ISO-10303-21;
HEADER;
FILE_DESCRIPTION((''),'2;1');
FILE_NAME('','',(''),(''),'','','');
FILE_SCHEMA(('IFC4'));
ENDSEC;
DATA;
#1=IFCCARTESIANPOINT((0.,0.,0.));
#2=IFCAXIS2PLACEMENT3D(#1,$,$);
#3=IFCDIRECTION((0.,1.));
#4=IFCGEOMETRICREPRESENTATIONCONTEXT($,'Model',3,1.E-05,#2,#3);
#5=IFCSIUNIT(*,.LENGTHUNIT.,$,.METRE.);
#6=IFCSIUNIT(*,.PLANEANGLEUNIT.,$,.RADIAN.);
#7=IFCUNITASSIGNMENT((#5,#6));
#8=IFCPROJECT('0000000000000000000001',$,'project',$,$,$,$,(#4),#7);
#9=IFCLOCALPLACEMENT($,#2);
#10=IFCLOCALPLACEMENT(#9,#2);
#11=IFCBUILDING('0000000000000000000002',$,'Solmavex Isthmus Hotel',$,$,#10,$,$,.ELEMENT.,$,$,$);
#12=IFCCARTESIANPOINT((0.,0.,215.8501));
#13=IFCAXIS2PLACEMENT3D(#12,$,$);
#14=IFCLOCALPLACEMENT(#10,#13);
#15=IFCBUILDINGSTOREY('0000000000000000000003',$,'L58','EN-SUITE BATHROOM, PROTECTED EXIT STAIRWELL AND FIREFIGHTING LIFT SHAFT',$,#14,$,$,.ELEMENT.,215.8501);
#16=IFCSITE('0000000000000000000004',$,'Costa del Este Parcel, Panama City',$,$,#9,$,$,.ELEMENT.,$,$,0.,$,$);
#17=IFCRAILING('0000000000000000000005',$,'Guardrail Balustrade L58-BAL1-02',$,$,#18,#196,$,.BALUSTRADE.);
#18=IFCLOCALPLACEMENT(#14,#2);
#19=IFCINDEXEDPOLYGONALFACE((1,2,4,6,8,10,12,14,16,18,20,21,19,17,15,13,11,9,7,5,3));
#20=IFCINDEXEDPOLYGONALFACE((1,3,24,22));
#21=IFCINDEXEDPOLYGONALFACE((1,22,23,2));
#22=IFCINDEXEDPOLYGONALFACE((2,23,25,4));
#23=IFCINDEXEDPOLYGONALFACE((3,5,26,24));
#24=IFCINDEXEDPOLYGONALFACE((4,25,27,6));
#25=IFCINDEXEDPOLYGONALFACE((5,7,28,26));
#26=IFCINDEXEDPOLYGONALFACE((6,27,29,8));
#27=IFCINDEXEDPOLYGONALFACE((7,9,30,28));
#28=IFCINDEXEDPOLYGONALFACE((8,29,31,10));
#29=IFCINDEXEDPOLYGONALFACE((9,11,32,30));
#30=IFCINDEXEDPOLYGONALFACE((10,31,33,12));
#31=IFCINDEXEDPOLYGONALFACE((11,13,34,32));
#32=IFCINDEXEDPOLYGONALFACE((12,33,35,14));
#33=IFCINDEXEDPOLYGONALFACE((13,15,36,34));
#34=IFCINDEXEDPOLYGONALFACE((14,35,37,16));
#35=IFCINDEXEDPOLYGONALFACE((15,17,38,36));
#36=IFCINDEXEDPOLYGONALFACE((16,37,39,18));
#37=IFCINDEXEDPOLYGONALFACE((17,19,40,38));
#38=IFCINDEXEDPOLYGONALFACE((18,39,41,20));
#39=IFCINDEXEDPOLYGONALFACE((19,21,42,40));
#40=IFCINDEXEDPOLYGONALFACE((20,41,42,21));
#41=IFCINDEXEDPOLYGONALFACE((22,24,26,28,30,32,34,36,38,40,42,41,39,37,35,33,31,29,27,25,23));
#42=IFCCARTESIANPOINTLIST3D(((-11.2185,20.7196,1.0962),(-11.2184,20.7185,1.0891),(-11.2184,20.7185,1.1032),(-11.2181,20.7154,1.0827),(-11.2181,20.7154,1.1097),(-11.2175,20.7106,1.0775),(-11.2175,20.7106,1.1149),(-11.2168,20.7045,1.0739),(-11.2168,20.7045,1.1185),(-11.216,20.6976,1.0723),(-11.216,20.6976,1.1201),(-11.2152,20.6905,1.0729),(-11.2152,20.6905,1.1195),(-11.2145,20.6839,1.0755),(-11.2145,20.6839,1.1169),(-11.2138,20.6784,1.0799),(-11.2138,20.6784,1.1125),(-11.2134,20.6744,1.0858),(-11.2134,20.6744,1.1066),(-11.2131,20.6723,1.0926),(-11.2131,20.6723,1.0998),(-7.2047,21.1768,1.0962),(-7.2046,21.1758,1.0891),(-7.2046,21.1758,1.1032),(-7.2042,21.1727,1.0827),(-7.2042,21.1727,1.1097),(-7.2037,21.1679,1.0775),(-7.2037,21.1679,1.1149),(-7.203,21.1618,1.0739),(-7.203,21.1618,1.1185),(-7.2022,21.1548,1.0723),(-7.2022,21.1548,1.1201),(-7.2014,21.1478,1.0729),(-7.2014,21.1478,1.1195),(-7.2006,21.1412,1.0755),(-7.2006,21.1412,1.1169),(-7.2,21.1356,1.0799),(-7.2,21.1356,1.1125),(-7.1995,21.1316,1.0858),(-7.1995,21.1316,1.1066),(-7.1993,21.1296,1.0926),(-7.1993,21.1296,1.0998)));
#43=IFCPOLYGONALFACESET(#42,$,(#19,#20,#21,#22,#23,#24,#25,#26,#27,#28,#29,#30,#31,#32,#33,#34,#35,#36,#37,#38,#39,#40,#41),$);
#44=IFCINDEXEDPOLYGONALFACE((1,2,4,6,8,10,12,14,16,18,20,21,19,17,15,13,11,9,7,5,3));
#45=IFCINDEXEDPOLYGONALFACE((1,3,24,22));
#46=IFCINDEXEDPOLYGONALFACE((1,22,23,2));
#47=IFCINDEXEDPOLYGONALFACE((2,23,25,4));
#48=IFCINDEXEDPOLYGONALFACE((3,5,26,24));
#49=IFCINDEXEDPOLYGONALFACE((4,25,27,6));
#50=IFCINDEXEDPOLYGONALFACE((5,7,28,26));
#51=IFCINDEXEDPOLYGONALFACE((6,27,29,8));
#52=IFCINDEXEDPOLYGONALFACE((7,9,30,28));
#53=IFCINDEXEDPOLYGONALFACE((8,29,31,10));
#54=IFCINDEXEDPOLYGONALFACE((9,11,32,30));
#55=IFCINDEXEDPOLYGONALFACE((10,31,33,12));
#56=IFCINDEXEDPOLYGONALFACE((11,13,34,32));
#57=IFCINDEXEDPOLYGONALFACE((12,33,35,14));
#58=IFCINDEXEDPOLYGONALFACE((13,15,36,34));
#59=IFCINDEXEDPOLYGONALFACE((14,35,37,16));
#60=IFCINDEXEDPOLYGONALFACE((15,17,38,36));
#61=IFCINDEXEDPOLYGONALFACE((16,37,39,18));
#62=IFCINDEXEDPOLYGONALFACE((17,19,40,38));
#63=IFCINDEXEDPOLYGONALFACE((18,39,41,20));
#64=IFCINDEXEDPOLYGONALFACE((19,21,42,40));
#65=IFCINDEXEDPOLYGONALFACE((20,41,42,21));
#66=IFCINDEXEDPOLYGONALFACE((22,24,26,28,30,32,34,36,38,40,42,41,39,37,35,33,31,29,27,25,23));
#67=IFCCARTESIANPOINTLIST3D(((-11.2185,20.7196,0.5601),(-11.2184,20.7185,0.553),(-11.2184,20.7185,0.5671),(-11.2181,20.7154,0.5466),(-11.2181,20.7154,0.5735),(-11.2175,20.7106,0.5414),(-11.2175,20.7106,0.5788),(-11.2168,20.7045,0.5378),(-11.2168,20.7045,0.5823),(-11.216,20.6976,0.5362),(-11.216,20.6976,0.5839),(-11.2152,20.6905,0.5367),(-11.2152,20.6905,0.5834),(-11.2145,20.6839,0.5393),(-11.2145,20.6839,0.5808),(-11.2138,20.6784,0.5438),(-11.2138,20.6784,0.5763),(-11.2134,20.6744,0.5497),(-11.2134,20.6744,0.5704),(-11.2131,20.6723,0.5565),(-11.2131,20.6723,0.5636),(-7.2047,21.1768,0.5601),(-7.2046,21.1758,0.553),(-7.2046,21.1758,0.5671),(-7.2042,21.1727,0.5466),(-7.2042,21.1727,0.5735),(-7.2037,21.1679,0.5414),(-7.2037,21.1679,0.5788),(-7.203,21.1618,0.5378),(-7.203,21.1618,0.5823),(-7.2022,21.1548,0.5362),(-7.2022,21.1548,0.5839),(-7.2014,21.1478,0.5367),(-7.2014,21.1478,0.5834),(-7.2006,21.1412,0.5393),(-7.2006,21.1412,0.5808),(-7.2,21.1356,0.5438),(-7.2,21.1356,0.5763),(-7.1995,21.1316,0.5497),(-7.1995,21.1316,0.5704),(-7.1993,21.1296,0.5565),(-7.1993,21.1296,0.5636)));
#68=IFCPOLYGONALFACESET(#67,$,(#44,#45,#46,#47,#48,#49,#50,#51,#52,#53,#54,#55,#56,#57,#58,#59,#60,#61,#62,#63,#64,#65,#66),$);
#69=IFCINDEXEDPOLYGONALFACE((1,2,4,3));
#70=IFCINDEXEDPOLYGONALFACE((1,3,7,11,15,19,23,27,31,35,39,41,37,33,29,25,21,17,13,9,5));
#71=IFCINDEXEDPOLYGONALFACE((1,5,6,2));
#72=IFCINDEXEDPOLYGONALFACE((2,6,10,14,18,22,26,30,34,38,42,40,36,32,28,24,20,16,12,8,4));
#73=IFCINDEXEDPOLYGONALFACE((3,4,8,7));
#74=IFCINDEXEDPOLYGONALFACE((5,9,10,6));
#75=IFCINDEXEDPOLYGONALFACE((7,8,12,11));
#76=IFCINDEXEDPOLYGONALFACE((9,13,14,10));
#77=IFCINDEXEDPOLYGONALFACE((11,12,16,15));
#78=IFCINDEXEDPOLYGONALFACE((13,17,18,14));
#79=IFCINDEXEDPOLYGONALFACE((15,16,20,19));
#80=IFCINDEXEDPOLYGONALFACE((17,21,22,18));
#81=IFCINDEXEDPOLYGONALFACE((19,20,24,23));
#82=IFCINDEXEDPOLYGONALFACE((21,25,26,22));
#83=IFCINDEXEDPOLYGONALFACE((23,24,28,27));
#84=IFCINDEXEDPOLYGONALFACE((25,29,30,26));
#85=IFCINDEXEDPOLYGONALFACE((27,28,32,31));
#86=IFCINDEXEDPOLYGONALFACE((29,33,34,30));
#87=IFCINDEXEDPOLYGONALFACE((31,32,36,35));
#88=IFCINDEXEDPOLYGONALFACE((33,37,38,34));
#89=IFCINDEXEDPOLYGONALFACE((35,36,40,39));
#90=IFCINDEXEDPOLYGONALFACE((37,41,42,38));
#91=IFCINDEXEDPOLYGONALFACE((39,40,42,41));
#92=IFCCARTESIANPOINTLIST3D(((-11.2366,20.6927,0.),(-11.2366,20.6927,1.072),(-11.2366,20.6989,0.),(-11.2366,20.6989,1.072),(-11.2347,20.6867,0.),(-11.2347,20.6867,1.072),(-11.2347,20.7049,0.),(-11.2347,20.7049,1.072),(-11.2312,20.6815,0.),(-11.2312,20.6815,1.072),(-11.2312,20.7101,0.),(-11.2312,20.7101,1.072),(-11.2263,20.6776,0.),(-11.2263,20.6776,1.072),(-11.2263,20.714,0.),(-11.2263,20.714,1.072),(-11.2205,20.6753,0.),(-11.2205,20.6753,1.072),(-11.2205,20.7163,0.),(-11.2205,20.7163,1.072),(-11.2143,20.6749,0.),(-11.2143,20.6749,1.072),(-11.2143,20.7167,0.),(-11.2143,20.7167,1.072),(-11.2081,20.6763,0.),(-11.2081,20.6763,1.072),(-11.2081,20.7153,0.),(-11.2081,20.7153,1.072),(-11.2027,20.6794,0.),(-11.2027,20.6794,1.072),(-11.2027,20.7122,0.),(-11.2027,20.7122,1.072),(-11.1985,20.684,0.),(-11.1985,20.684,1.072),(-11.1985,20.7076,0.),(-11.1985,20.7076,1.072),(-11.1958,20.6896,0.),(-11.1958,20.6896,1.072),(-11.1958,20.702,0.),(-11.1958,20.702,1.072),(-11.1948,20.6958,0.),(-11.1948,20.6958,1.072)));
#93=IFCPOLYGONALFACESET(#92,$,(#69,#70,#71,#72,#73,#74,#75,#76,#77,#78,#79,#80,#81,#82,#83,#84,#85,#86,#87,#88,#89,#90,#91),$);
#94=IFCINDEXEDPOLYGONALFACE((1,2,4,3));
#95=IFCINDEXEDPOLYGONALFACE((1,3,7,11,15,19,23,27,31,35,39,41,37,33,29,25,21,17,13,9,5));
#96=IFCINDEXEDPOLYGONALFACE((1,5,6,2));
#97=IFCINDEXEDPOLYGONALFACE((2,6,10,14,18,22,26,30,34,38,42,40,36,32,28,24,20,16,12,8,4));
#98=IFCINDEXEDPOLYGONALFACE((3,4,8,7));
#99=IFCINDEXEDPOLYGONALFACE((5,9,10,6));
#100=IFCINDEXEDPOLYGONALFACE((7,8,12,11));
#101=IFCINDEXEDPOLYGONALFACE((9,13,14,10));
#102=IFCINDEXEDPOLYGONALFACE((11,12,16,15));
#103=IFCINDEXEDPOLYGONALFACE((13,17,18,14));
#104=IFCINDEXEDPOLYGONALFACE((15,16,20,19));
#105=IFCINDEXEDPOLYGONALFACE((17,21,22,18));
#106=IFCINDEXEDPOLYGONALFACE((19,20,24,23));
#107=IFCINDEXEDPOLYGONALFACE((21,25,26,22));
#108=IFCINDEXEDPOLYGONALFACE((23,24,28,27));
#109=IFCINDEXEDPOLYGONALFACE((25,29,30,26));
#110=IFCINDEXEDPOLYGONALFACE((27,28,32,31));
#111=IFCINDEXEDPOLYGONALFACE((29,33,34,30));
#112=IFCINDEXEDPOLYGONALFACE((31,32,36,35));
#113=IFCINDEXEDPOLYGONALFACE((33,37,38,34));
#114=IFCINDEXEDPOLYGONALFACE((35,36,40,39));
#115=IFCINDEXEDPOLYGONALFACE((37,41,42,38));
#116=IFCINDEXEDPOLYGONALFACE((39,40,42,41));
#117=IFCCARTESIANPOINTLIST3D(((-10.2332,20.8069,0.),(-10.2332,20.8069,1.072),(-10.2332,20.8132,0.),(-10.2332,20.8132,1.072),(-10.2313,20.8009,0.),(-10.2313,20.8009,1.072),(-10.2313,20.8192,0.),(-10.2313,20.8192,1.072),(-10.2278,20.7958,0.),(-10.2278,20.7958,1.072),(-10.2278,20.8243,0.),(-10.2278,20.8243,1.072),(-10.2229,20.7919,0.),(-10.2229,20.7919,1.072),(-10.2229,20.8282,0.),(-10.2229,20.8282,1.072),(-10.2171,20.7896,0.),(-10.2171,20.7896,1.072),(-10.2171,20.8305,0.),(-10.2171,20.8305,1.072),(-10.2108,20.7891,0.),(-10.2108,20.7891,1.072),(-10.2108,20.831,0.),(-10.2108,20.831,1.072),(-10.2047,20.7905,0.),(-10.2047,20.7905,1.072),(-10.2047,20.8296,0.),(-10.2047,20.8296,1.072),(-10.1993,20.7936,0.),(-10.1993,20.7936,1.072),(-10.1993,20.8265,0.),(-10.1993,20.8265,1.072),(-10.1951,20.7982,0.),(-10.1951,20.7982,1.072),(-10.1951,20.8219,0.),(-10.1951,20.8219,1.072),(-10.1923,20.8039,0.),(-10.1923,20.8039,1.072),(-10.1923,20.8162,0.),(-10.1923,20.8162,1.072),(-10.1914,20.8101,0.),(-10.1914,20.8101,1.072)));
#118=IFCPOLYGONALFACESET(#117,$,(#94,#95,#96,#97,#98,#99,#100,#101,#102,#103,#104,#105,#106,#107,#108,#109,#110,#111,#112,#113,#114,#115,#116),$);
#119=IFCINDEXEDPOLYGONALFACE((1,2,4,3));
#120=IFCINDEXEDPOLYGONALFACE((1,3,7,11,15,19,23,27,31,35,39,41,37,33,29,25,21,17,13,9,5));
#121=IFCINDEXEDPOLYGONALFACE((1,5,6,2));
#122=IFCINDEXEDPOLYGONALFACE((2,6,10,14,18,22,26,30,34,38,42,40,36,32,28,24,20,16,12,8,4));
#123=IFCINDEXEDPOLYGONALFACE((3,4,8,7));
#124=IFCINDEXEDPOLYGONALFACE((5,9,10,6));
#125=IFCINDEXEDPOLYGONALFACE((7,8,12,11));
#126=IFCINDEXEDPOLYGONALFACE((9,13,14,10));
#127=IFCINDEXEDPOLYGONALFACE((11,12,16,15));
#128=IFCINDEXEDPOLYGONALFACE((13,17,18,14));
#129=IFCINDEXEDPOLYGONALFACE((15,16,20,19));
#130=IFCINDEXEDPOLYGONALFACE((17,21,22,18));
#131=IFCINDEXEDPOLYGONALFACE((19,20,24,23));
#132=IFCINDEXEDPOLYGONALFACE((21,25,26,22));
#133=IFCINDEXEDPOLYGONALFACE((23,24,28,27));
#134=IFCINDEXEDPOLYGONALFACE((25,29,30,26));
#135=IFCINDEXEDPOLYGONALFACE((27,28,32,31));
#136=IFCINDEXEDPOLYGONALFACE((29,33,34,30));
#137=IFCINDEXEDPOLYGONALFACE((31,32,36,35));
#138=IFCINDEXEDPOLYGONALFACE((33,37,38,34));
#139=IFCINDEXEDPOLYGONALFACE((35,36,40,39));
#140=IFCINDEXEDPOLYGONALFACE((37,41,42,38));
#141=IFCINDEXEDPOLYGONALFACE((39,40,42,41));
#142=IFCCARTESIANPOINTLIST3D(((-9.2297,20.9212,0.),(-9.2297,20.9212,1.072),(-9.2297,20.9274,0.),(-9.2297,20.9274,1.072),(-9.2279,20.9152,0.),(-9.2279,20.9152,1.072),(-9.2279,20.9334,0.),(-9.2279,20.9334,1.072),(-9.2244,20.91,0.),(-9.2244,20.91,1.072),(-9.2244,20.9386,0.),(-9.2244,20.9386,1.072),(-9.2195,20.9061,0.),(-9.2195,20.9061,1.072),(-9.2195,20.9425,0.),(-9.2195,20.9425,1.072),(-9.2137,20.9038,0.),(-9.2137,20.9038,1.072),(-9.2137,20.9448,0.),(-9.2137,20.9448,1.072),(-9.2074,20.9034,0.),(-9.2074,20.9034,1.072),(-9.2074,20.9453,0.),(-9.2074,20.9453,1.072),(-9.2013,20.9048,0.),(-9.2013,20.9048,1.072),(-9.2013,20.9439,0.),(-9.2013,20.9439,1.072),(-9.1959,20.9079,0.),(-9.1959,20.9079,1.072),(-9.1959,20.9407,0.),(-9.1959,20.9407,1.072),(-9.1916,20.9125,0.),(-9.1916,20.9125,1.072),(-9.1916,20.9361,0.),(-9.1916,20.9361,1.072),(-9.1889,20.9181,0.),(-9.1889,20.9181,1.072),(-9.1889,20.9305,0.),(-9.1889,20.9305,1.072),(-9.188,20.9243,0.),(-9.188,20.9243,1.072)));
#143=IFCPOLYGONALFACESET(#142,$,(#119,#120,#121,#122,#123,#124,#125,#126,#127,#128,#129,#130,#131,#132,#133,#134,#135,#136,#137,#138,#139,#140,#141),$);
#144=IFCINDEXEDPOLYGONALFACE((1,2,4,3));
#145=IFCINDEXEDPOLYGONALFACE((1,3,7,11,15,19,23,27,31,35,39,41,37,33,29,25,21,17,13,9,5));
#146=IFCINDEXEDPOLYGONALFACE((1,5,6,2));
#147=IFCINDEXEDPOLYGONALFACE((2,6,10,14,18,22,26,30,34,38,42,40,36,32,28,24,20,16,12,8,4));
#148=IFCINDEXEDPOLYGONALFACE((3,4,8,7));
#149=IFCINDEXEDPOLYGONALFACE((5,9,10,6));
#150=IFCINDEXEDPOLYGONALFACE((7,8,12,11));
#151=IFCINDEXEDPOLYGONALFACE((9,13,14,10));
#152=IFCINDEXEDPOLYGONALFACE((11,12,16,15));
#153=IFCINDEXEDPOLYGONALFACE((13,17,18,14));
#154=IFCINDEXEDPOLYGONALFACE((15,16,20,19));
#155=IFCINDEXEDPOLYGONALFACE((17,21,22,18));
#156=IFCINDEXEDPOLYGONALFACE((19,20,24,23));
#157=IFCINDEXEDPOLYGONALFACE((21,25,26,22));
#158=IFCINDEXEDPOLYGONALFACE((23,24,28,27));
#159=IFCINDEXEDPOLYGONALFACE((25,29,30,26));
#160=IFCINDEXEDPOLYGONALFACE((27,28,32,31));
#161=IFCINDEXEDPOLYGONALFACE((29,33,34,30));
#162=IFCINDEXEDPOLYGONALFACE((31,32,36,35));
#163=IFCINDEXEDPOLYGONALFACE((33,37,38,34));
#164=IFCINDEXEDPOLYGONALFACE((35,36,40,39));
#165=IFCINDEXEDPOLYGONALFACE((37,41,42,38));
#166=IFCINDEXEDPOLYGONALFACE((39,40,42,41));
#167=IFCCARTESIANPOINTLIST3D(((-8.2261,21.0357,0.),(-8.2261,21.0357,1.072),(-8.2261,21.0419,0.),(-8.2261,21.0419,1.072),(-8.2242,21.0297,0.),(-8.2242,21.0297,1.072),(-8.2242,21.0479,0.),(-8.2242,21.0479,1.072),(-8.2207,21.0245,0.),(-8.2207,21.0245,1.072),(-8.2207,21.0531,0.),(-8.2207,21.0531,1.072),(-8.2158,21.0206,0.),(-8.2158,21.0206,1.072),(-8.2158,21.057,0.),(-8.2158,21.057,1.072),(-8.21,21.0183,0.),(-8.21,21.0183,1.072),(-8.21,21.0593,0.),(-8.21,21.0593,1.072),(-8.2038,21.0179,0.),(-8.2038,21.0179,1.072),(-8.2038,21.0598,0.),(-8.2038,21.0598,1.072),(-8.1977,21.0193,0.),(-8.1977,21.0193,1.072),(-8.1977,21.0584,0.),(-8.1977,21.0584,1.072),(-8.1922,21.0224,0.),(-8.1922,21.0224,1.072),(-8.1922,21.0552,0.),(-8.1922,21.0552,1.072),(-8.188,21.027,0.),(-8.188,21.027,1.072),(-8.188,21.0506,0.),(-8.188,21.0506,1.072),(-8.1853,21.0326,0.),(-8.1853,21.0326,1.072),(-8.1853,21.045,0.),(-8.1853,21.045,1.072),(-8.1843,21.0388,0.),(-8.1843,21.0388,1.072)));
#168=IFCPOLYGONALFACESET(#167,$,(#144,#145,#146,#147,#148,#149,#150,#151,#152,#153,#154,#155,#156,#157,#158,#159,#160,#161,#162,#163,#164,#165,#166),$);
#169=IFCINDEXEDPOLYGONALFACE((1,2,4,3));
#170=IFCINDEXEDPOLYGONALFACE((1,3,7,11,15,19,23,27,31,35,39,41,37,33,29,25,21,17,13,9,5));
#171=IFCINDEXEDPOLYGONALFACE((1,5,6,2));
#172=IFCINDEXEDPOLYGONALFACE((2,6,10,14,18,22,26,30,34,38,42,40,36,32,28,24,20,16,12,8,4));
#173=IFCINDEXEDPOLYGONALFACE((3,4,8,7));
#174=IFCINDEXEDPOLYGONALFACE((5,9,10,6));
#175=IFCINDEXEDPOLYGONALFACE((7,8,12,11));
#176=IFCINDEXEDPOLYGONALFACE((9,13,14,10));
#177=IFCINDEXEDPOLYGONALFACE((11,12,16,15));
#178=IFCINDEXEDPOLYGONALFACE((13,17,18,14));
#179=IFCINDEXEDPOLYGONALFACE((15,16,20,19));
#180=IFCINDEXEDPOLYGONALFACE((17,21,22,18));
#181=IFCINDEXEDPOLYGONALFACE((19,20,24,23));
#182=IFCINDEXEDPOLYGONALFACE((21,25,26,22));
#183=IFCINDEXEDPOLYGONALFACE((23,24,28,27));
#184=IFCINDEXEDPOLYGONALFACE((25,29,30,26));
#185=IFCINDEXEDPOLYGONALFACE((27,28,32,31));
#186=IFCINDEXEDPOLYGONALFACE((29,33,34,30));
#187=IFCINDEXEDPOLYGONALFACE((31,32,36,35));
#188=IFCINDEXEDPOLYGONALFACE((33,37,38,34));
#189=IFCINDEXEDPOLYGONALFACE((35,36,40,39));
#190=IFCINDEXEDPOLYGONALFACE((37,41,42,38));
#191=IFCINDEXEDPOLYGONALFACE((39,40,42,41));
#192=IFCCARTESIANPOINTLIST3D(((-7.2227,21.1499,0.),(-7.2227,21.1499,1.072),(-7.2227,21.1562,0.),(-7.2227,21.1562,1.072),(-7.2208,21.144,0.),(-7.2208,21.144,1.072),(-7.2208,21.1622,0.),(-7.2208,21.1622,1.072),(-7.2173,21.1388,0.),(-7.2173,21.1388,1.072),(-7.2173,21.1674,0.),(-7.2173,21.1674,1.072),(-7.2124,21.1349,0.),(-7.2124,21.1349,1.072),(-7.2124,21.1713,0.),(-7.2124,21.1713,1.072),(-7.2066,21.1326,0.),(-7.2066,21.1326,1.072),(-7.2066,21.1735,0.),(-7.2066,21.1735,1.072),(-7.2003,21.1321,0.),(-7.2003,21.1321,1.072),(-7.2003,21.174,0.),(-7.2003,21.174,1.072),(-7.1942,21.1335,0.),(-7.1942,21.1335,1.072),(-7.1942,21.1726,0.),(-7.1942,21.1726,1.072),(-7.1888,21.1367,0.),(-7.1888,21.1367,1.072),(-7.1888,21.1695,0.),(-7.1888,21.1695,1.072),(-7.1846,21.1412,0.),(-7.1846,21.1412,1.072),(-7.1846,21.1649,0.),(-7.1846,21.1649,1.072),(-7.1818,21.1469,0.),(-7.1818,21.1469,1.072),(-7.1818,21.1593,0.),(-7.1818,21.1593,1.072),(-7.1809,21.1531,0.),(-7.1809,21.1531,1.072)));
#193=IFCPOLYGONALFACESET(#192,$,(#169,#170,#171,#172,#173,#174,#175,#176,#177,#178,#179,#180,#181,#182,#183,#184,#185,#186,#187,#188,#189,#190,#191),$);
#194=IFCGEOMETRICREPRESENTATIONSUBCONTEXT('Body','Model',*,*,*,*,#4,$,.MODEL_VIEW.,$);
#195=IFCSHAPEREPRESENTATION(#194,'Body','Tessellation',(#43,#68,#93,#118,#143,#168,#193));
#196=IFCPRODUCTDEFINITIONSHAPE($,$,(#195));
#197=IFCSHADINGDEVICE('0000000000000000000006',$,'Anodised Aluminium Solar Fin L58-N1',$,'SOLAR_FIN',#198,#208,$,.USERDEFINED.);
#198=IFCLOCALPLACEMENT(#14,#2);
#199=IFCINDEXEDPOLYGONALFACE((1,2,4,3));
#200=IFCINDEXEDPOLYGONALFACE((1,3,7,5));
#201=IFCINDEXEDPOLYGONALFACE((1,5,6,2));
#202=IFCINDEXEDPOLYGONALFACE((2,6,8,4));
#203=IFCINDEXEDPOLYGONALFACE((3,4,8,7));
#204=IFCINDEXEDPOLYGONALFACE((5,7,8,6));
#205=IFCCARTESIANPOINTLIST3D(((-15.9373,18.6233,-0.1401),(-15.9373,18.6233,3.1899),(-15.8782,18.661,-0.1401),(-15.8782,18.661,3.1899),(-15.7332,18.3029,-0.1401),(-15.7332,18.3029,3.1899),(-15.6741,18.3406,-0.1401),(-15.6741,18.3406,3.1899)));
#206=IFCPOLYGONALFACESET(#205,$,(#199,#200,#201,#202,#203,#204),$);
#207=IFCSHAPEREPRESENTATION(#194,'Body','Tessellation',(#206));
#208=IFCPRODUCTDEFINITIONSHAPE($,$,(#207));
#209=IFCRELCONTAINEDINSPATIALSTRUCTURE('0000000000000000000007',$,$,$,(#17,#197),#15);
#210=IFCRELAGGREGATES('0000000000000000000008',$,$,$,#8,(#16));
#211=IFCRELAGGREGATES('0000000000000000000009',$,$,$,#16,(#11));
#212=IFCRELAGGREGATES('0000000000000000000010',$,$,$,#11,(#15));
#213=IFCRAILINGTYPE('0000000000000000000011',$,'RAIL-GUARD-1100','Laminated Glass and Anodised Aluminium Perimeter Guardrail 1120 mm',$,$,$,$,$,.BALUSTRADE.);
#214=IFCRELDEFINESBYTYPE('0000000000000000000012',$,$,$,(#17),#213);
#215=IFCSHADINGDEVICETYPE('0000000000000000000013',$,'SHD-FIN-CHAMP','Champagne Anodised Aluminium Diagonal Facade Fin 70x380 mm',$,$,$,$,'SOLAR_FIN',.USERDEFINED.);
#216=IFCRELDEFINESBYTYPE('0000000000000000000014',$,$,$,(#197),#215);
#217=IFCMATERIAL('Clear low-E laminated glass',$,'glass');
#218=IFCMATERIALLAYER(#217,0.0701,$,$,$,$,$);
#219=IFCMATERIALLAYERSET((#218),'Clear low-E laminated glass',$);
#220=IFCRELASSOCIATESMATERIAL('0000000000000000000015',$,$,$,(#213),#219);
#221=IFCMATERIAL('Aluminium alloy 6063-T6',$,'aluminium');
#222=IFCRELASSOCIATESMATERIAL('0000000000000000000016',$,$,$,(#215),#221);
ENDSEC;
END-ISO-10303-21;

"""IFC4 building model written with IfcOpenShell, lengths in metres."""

from ifc_helpers import new_model, si_unit, direction, frame, origin, origin_2d, place, context, subcontext, project, spatial, rectangle, circle, extrude, material, layer, layer_set, type_object, element, save


model = new_model("IFC4")

# Units and contexts
model_context = context("Model", 3, precision=1e-05, world=origin(), true_north=direction((0.0, 1.0)))
body_context = subcontext(model_context, "Body", "Model", "MODEL_VIEW")
ifc_project = project(units=[si_unit("LENGTHUNIT", "METRE"), si_unit("PLANEANGLEUNIT", "RADIAN")], contexts=[model_context])

# Site, building, storey
site_placement = place(None, origin())
site = spatial("IfcSite", under=ifc_project, at=site_placement, Name="Costa del Este Parcel, Panama City", CompositionType="ELEMENT", RefElevation=0.0)
building_placement = place(site_placement, origin())
building = spatial("IfcBuilding", under=site, at=building_placement, Name="Solmavex Isthmus Hotel", CompositionType="ELEMENT")
storey_placement = place(building_placement, frame((0.0, 0.0, 215.8501)))
storey = spatial("IfcBuildingStorey", under=building, at=storey_placement, Name="L58", Description="EN-SUITE BATHROOM, PROTECTED EXIT STAIRWELL AND FIREFIGHTING LIFT SHAFT", CompositionType="ELEMENT", Elevation=215.8501)

# Shared definitions
ifc_material_1 = material(Name="Aluminium alloy 6063-T6", Category="aluminium")

# Shared definitions
ifc_material_2 = material(Name="Clear low-E laminated glass", Category="glass")

# Railing
ifc_layer_1 = layer(ifc_material_2, 0.0701)
ifc_layer_set_1 = layer_set([ifc_layer_1], Name="Clear low-E laminated glass")
railing_type = type_object("IfcRailingType", Name="RAIL-GUARD-1100", Description="Laminated Glass and Anodised Aluminium Perimeter Guardrail 1120 mm", PredefinedType="BALUSTRADE", material=ifc_layer_set_1)
railing_placement = place(storey_placement, frame((-11.2158, 20.6958, 0.0)))
element("IfcRailing", 1, at=railing_placement, inside=storey, type_object=railing_type, Name="Guardrail Balustrade L58-BAL1-02", PredefinedType="BALUSTRADE", context=body_context, shape_type="SweptSolid", body=[
    extrude(circle(Radius=0.0239, at=origin_2d()), frame((0.0, 0.0, 1.0962), z_axis=(0.993573, 0.11319, 0.0), x_axis=(-0.11319, 0.993573, 0.0)), (0.0, 0.0, 1.0), 4.0398),
    extrude(circle(Radius=0.0239, at=origin_2d()), frame((0.0, 0.0, 0.5601), z_axis=(0.993573, 0.11319, 0.0), x_axis=(-0.11319, 0.993573, 0.0)), (0.0, 0.0, 1.0), 4.0398),
    extrude(circle(Radius=0.021, at=origin_2d()), origin(), (0.0, 0.0, 1.0), 1.072),
    extrude(circle(Radius=0.021, at=origin_2d()), frame((1.0034, 0.1143, 0.0)), (0.0, 0.0, 1.0), 1.072),
    extrude(circle(Radius=0.021, at=origin_2d()), frame((2.0068, 0.2285, 0.0)), (0.0, 0.0, 1.0), 1.072),
    extrude(circle(Radius=0.021, at=origin_2d()), frame((3.0105, 0.343, 0.0)), (0.0, 0.0, 1.0), 1.072),
    extrude(circle(Radius=0.021, at=origin_2d()), frame((4.0139, 0.4573, 0.0)), (0.0, 0.0, 1.0), 1.072),
])

# Shading device
shading_device_type = type_object("IfcShadingDeviceType", Name="SHD-FIN-CHAMP", Description="Champagne Anodised Aluminium Diagonal Facade Fin 70x380 mm", ElementType="SOLAR_FIN", PredefinedType="USERDEFINED", material=ifc_material_1)
shading_device_placement = place(storey_placement, frame((-15.8057, 18.4819, -0.1401), z_axis=(0.0, 0.0, 1.0), x_axis=(-0.5373, 0.843391, 0.0)))
element("IfcShadingDevice", 2, at=shading_device_placement, inside=storey, type_object=shading_device_type, Name="Anodised Aluminium Solar Fin L58-N1", ObjectType="SOLAR_FIN", PredefinedType="USERDEFINED", context=body_context, shape_type="SweptSolid", body=[
    extrude(rectangle(XDim=0.3799, YDim=0.0701, at=origin_2d()), origin(), (0.0, 0.0, 1.0), 3.3301),
])

save(model, "model.ifc")
